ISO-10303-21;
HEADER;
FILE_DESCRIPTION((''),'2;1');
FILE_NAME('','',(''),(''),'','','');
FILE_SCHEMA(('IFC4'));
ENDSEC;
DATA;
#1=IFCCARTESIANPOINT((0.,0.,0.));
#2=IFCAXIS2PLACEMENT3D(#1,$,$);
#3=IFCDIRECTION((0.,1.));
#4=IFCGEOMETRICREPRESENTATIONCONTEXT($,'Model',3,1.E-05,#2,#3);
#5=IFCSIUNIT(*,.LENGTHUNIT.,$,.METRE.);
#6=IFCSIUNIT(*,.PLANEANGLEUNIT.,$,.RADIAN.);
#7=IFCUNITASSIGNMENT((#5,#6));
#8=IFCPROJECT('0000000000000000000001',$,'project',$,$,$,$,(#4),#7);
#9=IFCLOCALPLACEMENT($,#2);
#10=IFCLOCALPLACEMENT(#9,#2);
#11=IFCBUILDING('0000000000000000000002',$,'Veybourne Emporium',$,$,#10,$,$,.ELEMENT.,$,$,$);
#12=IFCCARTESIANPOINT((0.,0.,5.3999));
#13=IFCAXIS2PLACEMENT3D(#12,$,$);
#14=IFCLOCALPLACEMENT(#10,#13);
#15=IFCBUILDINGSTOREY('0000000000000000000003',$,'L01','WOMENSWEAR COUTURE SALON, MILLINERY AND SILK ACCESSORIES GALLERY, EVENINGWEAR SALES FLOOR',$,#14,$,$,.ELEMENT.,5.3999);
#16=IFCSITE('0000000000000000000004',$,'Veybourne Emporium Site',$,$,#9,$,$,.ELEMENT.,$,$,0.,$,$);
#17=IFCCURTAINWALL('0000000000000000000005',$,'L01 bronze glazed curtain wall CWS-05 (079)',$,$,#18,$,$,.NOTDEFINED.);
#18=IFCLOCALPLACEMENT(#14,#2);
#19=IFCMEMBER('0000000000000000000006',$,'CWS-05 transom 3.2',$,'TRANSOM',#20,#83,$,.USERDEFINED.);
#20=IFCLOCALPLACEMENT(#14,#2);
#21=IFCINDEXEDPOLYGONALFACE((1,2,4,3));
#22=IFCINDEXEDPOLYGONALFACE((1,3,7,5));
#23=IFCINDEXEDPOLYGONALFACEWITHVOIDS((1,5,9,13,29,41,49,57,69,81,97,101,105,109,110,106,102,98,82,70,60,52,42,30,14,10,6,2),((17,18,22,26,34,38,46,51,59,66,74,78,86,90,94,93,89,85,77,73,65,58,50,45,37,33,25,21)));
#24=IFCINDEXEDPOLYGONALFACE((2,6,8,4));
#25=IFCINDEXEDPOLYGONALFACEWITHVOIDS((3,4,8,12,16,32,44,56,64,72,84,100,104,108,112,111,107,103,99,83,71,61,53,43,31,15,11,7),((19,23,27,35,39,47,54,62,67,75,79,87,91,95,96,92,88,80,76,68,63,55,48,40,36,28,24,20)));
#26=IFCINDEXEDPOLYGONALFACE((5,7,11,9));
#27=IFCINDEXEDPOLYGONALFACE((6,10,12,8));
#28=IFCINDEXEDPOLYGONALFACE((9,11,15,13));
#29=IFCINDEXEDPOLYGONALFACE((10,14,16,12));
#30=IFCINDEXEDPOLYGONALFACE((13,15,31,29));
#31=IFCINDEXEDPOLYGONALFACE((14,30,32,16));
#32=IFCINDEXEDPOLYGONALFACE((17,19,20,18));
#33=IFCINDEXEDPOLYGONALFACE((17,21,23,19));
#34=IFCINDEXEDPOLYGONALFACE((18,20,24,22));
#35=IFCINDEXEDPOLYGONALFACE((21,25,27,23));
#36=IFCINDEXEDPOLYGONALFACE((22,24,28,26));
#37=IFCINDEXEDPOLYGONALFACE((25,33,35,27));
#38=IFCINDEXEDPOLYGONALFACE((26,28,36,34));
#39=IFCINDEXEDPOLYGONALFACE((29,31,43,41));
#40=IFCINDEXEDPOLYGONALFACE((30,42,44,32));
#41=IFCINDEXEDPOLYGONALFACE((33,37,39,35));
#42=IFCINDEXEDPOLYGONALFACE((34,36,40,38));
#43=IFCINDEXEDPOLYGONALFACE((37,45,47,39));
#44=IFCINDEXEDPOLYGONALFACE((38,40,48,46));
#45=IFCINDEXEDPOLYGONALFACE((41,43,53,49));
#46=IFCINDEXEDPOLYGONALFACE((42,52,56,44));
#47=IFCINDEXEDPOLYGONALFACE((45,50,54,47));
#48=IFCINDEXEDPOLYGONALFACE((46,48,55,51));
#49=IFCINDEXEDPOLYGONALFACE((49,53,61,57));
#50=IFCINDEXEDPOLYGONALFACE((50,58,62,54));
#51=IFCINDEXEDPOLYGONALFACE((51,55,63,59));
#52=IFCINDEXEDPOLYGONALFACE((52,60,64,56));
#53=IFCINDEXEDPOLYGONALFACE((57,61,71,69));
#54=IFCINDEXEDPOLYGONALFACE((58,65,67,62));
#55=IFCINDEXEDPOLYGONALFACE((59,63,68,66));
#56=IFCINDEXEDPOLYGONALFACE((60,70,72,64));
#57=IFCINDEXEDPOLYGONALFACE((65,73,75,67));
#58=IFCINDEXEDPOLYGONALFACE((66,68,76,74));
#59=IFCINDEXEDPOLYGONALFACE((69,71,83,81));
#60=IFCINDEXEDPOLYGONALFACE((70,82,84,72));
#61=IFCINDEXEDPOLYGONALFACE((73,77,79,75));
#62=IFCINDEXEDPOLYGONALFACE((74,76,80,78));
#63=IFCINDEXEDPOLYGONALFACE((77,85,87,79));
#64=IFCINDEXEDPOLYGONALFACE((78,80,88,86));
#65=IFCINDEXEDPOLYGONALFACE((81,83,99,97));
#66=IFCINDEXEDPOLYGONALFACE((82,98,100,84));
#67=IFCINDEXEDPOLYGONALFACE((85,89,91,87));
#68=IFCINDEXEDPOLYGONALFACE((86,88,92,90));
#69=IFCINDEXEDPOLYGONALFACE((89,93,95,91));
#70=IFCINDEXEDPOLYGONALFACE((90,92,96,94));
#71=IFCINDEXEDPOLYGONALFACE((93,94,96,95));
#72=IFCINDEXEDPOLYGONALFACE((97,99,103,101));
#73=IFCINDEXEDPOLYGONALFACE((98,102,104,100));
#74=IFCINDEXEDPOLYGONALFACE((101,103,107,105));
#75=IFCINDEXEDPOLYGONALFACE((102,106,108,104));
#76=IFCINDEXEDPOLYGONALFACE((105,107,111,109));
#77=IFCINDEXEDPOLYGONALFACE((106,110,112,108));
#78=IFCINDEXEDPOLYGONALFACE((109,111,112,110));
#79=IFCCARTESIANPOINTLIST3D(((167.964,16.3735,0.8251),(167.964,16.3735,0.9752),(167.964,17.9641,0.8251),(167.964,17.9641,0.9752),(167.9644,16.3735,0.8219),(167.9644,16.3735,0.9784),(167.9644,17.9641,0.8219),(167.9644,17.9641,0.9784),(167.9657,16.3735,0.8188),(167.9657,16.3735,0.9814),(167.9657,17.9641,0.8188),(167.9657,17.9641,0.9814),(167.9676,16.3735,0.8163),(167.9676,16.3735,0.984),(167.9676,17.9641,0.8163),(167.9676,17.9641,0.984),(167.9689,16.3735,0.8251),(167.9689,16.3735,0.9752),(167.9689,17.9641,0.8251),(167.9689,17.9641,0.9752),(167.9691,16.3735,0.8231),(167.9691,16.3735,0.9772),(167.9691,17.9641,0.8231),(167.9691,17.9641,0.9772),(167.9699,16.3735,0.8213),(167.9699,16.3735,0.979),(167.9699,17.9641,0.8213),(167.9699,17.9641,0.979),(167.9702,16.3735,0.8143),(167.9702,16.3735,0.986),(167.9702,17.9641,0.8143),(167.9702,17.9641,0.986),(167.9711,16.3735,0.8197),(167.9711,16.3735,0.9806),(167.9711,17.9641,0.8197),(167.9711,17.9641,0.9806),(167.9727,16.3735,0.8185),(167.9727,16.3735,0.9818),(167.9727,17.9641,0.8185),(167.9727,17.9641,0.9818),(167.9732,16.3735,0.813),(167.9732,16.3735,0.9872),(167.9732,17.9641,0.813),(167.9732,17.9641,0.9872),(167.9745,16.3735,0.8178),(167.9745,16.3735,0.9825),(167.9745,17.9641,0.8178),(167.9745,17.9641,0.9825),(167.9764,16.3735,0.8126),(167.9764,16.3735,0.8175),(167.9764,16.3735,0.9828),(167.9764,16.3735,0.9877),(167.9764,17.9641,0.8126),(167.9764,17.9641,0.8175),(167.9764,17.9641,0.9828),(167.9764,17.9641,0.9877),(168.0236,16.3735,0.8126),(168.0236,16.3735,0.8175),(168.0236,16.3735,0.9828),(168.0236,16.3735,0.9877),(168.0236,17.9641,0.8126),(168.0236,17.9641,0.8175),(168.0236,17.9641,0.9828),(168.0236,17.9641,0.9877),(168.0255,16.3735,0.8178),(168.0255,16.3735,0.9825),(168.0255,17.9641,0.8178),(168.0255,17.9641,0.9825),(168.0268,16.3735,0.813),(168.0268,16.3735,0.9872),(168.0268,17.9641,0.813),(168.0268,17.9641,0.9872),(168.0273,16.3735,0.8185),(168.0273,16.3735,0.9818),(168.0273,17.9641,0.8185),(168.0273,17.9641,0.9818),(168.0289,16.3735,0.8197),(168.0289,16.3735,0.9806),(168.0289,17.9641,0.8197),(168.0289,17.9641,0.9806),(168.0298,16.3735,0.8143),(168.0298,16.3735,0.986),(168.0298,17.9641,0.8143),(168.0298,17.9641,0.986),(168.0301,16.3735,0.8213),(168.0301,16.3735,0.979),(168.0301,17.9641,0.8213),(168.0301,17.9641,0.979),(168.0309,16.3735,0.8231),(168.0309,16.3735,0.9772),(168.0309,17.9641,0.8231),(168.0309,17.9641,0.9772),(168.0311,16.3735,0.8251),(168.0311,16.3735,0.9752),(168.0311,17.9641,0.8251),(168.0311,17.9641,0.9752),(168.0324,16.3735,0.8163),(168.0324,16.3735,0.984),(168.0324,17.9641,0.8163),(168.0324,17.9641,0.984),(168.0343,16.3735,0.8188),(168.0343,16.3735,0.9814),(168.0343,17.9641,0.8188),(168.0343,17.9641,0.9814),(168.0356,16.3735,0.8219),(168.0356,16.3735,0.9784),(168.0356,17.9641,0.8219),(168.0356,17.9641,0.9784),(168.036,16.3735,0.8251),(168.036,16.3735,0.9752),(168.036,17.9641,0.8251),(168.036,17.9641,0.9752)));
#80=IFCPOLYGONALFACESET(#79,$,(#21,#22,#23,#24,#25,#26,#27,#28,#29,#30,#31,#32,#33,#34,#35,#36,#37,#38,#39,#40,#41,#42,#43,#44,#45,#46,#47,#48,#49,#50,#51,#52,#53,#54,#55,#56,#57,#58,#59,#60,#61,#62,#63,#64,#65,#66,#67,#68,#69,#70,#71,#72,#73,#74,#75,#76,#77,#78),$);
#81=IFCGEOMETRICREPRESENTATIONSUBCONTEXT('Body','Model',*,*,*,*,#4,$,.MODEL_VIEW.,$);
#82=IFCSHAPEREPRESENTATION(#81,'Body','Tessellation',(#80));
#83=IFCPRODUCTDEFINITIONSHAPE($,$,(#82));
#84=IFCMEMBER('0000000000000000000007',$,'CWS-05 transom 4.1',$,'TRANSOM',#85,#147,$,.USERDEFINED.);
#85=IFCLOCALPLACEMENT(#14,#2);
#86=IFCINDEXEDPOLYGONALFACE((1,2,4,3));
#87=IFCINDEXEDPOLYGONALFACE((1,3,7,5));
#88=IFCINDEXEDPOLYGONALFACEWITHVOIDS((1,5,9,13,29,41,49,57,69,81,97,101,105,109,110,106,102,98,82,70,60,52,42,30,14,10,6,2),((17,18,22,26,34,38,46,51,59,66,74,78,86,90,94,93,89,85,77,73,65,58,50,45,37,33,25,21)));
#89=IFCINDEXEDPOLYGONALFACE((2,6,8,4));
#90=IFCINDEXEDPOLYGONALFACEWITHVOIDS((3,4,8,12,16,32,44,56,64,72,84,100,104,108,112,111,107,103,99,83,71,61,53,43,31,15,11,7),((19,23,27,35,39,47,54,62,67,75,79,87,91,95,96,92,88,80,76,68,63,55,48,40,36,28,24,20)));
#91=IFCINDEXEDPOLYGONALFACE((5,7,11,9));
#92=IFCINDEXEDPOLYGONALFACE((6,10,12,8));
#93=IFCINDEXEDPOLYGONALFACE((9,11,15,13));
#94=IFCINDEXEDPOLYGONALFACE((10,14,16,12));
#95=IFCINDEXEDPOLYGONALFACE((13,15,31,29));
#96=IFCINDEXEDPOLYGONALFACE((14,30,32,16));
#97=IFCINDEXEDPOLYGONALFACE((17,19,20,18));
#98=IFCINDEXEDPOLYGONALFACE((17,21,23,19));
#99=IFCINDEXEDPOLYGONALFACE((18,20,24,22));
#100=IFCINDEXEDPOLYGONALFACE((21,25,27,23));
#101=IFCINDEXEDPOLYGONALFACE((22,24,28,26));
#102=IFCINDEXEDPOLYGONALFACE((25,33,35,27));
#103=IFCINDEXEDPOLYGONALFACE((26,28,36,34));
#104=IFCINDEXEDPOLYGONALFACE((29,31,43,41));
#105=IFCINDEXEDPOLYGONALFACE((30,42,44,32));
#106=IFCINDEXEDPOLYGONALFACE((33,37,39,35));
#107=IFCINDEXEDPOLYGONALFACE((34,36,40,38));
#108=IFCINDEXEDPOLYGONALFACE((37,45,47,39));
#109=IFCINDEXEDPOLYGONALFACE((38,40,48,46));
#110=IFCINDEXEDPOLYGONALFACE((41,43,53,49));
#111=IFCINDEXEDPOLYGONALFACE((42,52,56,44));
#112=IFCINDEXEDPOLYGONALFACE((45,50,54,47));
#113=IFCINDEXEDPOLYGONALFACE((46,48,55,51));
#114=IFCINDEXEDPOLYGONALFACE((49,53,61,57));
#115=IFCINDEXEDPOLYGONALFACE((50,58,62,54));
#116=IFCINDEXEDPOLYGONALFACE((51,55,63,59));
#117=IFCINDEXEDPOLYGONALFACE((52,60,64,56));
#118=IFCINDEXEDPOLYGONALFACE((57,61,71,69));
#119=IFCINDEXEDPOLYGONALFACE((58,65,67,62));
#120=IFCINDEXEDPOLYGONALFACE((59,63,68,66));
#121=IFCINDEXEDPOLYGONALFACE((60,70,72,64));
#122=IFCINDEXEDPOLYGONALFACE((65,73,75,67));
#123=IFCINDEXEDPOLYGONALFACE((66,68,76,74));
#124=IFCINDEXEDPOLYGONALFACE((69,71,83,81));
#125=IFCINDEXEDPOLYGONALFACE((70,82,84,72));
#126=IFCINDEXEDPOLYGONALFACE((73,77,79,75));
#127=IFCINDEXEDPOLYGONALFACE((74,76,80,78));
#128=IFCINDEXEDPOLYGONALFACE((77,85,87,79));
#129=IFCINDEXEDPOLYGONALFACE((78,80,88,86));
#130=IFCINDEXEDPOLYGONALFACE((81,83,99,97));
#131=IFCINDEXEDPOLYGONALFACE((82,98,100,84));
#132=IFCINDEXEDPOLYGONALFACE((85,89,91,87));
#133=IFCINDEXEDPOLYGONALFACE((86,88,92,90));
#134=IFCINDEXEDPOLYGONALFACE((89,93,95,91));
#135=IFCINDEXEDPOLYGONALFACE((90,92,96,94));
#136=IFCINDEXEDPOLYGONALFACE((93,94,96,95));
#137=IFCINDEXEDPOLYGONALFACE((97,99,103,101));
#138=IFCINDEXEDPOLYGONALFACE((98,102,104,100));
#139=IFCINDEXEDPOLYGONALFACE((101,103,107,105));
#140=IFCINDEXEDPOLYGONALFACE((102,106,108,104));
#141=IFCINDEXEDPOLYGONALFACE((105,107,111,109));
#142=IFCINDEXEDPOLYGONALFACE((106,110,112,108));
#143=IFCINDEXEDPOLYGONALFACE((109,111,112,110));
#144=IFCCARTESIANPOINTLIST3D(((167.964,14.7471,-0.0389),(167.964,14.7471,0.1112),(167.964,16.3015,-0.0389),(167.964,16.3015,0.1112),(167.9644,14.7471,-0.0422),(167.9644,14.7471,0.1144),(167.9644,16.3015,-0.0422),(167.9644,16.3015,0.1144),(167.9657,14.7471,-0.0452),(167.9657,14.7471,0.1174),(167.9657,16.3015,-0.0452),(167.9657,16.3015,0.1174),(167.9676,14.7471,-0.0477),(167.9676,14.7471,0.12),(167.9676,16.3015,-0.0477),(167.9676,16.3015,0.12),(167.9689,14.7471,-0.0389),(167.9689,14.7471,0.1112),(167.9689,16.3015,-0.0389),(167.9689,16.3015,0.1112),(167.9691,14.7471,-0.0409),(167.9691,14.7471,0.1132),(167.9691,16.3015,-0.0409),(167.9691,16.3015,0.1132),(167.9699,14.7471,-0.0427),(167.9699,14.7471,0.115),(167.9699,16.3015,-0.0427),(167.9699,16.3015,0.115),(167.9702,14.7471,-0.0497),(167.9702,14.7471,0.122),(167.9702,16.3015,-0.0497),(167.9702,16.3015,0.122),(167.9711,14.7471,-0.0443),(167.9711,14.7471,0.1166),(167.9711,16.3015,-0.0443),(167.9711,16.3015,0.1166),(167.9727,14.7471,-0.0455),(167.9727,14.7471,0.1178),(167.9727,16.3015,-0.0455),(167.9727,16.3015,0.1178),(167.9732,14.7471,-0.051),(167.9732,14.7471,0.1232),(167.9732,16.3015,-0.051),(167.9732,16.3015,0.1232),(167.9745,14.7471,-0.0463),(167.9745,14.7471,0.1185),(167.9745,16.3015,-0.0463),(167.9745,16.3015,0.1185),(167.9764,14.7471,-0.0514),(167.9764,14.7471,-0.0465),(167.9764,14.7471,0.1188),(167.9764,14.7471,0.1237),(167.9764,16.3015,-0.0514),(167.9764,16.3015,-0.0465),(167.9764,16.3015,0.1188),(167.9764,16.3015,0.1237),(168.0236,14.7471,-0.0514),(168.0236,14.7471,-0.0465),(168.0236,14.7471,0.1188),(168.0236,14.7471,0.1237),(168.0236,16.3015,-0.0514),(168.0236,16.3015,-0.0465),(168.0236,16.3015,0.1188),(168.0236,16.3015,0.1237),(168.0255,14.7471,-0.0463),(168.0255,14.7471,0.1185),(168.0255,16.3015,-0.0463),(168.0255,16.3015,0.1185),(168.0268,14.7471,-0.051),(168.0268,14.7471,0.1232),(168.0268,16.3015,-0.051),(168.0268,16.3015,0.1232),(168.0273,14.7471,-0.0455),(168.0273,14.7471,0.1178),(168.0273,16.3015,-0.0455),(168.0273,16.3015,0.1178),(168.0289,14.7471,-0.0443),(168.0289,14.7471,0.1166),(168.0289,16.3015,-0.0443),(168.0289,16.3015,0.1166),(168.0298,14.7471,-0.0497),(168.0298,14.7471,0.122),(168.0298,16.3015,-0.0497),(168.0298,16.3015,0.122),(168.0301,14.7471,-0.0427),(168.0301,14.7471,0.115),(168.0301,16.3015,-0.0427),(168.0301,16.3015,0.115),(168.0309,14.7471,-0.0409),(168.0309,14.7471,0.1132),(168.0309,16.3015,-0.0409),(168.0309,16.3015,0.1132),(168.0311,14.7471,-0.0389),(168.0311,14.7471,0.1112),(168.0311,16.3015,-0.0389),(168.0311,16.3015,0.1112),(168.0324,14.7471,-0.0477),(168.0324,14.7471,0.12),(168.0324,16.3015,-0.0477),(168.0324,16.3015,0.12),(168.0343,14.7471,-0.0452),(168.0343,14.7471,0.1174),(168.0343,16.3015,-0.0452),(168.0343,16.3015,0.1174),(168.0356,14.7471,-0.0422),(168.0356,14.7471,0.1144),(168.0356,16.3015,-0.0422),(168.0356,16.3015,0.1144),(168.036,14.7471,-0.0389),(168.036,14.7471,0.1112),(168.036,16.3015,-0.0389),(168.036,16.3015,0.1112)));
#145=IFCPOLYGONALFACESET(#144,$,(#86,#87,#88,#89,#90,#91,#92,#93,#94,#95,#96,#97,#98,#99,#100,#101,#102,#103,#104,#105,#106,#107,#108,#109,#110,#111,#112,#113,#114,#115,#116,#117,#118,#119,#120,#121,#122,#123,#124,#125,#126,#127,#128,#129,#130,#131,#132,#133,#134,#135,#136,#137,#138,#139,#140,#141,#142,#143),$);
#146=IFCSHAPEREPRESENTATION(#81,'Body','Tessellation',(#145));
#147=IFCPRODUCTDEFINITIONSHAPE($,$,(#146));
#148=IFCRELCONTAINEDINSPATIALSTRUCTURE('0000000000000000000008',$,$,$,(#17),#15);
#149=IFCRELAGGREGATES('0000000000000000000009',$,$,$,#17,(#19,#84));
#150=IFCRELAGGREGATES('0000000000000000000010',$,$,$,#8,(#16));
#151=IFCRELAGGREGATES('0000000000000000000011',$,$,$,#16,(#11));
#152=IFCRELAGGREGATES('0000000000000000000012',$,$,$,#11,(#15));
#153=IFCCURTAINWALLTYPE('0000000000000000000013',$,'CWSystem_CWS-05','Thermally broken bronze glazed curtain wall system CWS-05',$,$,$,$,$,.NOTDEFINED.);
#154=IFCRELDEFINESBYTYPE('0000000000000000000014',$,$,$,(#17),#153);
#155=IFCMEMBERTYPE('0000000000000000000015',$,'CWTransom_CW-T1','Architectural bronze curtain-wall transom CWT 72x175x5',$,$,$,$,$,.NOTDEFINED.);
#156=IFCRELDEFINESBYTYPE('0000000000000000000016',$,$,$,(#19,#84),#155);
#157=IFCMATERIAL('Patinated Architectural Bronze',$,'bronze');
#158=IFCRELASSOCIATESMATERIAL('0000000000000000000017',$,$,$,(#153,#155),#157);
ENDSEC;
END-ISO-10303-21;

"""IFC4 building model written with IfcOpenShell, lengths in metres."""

from ifc_helpers import new_model, si_unit, direction, frame, origin, origin_2d, place, context, subcontext, project, spatial, hollow_rectangle, extrude, material, material_profile, profile_set, type_object, element, aggregate, save


model = new_model("IFC4")

# Units and contexts
model_context = context("Model", 3, precision=1e-05, world=origin(), true_north=direction((0.0, 1.0)))
body_context = subcontext(model_context, "Body", "Model", "MODEL_VIEW")
ifc_project = project(units=[si_unit("LENGTHUNIT", "METRE"), si_unit("PLANEANGLEUNIT", "RADIAN")], contexts=[model_context])

# Site, building, storey
site_placement = place(None, origin())
site = spatial("IfcSite", under=ifc_project, at=site_placement, Name="Veybourne Emporium Site", CompositionType="ELEMENT", RefElevation=0.0)
building_placement = place(site_placement, origin())
building = spatial("IfcBuilding", under=site, at=building_placement, Name="Veybourne Emporium", CompositionType="ELEMENT")
storey_placement = place(building_placement, frame((0.0, 0.0, 5.3999)))
storey = spatial("IfcBuildingStorey", under=building, at=storey_placement, Name="L01", Description="WOMENSWEAR COUTURE SALON, MILLINERY AND SILK ACCESSORIES GALLERY, EVENINGWEAR SALES FLOOR", CompositionType="ELEMENT", Elevation=5.3999)

# Curtain wall
ifc_material_1 = material(Name="Patinated Architectural Bronze", Category="bronze")
curtain_wall_type_1 = type_object("IfcCurtainWallType", Name="CWSystem_CWS-05", Description="Thermally broken bronze glazed curtain wall system CWS-05", PredefinedType="NOTDEFINED", material=ifc_material_1)
curtain_wall_1_placement = place(storey_placement, origin())
curtain_wall_1 = element("IfcCurtainWall", 1, at=curtain_wall_1_placement, inside=storey, type_object=curtain_wall_type_1, Name="L01 bronze glazed curtain wall CWS-05 (079)", PredefinedType="NOTDEFINED")

# Members
ifc_material_profile_1 = material_profile(ifc_material_1, hollow_rectangle(XDim=0.072, YDim=0.175, WallThickness=0.0049, InnerFilletRadius=0.0076, OuterFilletRadius=0.0125, at=origin_2d()), Name="CWT 72x175x5")
ifc_profile_set_1 = profile_set([ifc_material_profile_1], Name="Patinated Architectural Bronze")
member_type_1 = type_object("IfcMemberType", Name="CWTransom_CW-T1", Description="Architectural bronze curtain-wall transom CWT 72x175x5", PredefinedType="NOTDEFINED", material=ifc_profile_set_1)
member_1_placement = place(storey_placement, frame((168.0, 17.9641, 0.9001), z_axis=(0.0, -1.0, 0.0), x_axis=(1.0, 0.0, 0.0)))
member_1 = element("IfcMember", 2, at=member_1_placement, type_object=member_type_1, Name="CWS-05 transom 3.2", ObjectType="TRANSOM", PredefinedType="USERDEFINED", context=body_context, shape_type="SweptSolid", body=[
    extrude(hollow_rectangle(XDim=0.072, YDim=0.175, WallThickness=0.0049, InnerFilletRadius=0.0076, OuterFilletRadius=0.0125, at=origin_2d()), origin(), (0.0, 0.0, 1.0), 1.5906),
])
member_2_placement = place(storey_placement, frame((168.0, 16.3015, 0.0361), z_axis=(0.0, -1.0, 0.0), x_axis=(1.0, 0.0, 0.0)))
member_2 = element("IfcMember", 3, at=member_2_placement, type_object=member_type_1, Name="CWS-05 transom 4.1", ObjectType="TRANSOM", PredefinedType="USERDEFINED", context=body_context, shape_type="SweptSolid", body=[
    extrude(hollow_rectangle(XDim=0.072, YDim=0.175, WallThickness=0.0049, InnerFilletRadius=0.0076, OuterFilletRadius=0.0125, at=origin_2d()), origin(), (0.0, 0.0, 1.0), 1.5544),
])

aggregate(curtain_wall_1, [member_1, member_2])

save(model, "model.ifc")
